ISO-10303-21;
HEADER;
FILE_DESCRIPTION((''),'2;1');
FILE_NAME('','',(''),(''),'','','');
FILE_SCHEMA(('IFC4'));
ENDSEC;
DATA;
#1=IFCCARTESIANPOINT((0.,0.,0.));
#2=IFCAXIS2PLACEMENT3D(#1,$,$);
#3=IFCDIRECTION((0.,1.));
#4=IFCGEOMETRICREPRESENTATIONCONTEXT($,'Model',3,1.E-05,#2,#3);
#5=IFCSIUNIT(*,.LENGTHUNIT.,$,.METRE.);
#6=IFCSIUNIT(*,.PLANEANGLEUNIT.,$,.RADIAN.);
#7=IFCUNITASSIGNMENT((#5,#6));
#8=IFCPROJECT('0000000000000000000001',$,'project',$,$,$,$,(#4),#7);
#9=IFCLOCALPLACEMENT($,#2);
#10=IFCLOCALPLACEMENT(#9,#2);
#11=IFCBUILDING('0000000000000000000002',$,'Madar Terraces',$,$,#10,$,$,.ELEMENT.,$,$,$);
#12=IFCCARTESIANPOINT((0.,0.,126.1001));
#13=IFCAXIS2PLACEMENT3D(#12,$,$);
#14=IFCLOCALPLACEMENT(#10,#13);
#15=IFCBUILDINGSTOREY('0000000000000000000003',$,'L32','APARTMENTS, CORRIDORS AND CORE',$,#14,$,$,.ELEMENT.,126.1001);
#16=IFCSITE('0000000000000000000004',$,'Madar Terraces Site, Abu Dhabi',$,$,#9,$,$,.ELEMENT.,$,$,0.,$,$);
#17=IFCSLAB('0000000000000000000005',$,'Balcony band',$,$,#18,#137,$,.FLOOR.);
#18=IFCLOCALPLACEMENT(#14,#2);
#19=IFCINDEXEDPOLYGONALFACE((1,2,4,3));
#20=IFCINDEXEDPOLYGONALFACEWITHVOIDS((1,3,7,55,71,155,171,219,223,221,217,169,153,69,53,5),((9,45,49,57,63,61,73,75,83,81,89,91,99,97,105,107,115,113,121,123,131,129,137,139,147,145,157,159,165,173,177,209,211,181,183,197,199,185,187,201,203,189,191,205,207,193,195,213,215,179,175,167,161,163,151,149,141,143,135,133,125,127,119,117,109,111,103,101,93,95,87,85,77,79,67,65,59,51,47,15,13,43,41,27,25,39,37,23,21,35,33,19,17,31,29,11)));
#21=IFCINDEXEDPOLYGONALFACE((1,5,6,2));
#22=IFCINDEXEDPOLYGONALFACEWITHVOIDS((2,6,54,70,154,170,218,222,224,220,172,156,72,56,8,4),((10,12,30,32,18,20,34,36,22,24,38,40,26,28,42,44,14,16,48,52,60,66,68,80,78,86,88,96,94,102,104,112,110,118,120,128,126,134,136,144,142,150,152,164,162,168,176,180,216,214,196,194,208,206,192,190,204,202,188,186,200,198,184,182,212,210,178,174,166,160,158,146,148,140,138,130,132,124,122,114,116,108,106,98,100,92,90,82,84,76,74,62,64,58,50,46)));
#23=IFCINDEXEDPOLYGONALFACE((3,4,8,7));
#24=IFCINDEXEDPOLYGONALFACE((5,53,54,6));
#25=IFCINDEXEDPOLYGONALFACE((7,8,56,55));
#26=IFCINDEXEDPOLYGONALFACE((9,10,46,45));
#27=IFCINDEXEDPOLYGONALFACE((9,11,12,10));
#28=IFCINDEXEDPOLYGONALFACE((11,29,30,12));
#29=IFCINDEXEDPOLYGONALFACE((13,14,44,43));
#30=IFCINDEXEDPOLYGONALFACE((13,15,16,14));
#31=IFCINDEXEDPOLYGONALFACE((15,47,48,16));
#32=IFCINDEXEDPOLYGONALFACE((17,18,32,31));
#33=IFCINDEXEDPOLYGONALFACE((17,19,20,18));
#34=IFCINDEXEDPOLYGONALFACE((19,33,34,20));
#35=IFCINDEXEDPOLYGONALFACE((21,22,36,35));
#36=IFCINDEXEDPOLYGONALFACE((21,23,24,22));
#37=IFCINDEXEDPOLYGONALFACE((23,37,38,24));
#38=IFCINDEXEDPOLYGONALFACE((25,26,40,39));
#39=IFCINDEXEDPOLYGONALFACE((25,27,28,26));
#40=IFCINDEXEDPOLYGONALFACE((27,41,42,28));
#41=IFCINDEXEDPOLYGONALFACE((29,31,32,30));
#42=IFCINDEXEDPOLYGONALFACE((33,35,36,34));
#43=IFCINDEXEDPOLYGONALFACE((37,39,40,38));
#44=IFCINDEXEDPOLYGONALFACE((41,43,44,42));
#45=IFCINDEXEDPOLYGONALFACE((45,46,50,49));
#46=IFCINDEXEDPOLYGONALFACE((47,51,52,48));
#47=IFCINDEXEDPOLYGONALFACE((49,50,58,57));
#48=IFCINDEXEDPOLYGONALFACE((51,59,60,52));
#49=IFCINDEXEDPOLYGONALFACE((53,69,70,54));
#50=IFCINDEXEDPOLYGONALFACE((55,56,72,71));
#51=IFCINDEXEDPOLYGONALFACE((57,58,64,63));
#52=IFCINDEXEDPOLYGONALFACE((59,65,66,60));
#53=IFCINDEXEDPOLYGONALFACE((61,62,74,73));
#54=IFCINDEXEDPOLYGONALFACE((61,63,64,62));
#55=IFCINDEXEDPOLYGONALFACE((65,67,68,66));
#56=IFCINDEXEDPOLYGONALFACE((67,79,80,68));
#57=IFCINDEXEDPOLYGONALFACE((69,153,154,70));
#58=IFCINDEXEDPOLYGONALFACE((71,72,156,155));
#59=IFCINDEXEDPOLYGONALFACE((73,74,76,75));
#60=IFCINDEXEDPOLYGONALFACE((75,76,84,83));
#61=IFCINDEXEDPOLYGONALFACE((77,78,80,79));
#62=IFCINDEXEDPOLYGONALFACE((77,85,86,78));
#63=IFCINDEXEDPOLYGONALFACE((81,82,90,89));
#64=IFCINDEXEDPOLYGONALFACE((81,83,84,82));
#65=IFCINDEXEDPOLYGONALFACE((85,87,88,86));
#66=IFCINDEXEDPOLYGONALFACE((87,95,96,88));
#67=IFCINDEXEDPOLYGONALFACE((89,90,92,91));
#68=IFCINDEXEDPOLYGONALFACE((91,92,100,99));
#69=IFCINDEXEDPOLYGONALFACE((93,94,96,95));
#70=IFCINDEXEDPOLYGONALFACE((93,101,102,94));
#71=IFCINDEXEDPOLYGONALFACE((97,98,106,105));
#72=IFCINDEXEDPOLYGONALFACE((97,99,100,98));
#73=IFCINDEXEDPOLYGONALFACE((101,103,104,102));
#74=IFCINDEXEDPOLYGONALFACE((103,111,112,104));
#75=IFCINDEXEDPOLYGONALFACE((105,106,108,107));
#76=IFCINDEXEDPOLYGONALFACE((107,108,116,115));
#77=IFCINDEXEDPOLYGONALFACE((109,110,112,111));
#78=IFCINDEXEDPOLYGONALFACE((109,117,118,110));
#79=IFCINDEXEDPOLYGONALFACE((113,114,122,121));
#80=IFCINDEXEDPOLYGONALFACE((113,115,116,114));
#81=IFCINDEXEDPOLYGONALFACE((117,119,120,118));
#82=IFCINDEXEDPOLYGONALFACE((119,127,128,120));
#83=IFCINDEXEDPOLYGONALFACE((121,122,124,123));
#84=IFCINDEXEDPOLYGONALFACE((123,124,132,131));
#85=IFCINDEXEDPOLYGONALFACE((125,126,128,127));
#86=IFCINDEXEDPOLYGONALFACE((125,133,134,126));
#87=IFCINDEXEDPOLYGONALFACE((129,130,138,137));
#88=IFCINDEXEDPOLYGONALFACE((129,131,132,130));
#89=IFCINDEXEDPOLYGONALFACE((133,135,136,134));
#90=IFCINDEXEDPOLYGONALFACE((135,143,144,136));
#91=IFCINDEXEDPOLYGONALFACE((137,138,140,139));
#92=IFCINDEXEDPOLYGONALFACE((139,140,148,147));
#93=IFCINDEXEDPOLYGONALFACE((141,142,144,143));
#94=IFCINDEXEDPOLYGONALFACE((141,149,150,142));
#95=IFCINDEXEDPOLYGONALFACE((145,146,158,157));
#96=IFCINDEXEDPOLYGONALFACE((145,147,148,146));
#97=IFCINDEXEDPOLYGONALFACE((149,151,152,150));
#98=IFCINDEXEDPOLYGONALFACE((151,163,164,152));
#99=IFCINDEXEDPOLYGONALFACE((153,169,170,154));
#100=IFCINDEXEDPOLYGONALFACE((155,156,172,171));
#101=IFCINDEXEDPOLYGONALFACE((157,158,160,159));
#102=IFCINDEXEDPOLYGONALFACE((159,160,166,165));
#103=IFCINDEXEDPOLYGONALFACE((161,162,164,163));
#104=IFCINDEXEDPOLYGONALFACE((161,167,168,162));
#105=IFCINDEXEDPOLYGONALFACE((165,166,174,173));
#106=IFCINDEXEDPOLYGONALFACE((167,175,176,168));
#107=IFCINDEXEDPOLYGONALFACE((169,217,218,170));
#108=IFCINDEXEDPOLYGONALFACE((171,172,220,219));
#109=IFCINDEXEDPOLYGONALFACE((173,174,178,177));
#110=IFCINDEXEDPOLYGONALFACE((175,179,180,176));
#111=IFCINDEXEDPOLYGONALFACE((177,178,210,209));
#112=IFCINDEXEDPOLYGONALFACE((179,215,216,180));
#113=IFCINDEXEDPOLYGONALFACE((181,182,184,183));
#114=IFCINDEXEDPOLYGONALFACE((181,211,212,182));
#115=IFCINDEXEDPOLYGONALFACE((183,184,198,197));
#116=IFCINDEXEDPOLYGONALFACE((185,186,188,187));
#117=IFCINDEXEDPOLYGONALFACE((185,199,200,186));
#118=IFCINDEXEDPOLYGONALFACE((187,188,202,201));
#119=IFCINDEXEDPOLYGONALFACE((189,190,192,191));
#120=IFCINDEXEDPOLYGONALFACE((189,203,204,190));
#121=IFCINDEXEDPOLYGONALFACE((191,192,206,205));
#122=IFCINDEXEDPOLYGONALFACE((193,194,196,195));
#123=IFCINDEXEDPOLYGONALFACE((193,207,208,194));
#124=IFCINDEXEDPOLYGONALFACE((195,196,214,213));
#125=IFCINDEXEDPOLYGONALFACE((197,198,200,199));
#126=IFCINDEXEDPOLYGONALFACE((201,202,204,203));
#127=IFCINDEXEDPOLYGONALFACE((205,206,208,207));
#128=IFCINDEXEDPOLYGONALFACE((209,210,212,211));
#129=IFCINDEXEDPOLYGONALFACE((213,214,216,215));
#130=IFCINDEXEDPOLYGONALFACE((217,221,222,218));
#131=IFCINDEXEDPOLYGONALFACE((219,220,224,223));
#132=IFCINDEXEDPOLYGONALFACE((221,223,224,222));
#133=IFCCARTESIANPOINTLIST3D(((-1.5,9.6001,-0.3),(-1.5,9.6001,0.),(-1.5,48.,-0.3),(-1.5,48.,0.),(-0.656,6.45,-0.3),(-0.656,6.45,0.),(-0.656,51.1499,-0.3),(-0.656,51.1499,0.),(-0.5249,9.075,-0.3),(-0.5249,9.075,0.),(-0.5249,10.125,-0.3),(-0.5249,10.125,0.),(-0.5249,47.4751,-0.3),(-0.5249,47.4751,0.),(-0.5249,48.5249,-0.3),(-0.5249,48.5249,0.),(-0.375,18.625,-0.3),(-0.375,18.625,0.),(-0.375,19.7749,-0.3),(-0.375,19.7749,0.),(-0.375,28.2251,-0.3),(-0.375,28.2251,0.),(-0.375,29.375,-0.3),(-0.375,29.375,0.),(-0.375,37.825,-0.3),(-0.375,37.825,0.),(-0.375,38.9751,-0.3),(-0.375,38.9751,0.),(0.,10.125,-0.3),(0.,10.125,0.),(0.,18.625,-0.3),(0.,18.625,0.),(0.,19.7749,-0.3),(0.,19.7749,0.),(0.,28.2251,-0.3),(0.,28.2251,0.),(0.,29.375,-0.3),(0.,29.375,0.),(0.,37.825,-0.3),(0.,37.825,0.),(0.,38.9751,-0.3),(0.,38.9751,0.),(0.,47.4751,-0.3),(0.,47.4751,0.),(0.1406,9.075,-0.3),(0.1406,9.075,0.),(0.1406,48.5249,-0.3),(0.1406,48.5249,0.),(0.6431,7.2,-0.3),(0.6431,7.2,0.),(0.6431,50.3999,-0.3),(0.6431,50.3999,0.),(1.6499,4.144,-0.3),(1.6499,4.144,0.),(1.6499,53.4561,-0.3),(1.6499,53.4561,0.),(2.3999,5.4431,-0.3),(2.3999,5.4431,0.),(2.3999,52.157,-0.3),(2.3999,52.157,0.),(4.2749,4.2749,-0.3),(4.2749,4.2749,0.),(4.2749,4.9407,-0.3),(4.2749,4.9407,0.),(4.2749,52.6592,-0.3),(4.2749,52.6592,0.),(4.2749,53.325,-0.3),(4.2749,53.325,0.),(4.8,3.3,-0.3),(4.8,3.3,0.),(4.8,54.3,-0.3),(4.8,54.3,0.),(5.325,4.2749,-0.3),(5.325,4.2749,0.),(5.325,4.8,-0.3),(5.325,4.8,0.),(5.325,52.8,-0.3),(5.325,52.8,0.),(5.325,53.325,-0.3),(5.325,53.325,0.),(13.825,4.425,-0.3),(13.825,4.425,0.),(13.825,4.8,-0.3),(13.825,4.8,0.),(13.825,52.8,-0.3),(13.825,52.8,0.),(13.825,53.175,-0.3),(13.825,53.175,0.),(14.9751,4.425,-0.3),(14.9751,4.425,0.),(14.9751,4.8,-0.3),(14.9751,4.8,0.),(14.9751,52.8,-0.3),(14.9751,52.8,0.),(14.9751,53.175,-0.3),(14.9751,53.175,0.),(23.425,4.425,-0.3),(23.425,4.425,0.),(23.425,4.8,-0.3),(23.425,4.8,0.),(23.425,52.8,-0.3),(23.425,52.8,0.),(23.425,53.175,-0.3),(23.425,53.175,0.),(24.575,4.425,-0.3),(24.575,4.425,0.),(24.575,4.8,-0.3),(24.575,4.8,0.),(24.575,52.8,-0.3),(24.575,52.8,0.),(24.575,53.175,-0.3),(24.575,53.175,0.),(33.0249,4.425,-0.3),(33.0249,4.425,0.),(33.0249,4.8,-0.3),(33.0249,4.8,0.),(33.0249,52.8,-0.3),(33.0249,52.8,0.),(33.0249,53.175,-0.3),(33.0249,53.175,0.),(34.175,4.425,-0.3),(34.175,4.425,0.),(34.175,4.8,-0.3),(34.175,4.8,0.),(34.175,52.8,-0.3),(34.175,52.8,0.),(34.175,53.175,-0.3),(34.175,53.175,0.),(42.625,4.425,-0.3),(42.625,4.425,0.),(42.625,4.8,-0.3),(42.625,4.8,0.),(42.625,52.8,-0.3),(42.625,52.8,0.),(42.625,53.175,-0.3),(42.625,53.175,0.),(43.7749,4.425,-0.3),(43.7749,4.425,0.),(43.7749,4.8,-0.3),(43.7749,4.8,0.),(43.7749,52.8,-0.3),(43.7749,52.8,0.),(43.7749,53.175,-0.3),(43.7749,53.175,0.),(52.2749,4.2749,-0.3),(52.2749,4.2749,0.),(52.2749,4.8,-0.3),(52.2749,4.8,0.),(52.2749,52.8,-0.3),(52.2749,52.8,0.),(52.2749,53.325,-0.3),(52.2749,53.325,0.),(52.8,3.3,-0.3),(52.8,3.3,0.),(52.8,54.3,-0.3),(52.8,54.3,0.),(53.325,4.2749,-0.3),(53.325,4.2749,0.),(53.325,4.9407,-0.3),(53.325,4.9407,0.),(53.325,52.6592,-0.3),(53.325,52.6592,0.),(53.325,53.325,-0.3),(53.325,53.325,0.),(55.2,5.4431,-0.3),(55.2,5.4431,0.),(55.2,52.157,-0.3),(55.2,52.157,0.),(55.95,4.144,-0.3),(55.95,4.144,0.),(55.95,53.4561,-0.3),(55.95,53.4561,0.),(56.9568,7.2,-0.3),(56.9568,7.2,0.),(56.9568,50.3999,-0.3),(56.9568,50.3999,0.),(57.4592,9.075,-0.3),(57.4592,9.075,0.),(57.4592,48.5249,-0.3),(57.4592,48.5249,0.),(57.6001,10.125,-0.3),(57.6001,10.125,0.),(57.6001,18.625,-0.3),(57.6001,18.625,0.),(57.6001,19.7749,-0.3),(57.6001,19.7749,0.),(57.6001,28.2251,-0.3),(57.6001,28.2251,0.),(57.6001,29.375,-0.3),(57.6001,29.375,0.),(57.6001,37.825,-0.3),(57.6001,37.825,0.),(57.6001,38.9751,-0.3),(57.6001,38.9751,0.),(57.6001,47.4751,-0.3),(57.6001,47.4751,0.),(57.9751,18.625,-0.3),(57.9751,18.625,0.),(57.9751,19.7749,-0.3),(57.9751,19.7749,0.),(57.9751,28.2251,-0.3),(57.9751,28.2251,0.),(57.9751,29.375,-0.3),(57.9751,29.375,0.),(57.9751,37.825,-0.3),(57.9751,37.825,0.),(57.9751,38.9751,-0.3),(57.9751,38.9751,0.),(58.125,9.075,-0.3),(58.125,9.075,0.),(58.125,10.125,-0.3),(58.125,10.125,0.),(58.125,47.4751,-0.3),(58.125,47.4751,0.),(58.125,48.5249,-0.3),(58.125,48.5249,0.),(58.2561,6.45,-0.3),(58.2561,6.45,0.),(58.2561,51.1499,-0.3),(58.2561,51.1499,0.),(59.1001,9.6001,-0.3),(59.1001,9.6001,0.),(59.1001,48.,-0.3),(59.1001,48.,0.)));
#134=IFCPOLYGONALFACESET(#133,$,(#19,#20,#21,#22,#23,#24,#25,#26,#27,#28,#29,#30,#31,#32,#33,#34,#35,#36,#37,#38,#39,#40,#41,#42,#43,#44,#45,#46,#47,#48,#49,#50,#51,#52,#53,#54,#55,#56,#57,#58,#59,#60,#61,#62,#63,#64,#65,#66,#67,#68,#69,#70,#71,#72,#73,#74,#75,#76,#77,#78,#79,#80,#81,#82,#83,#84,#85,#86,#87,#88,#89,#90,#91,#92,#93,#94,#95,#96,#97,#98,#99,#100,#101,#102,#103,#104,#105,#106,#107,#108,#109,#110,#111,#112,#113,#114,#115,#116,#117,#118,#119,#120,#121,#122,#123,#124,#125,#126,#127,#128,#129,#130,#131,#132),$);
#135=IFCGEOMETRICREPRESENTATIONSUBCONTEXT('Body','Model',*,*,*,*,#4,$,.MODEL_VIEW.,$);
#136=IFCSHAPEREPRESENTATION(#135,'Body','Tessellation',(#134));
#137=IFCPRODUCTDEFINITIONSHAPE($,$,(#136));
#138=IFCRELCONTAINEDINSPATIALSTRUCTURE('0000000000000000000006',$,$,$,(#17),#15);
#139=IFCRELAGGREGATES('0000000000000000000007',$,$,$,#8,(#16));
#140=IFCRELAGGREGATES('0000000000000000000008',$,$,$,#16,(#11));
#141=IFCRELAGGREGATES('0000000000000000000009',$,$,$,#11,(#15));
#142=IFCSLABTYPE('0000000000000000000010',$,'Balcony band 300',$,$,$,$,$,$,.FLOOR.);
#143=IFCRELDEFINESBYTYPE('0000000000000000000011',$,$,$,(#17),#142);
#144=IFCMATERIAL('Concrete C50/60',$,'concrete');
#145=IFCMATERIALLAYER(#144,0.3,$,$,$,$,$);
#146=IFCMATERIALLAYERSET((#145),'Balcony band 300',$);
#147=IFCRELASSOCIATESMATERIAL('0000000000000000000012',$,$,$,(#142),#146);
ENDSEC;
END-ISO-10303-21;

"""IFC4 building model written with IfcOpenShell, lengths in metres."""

from ifc_helpers import new_model, si_unit, direction, frame, origin, place, context, subcontext, project, spatial, polyline, outline, extrude, material, layer, layer_set, type_object, element, save


model = new_model("IFC4")

# Units and contexts
model_context = context("Model", 3, precision=1e-05, world=origin(), true_north=direction((0.0, 1.0)))
body_context = subcontext(model_context, "Body", "Model", "MODEL_VIEW")
ifc_project = project(units=[si_unit("LENGTHUNIT", "METRE"), si_unit("PLANEANGLEUNIT", "RADIAN")], contexts=[model_context])

# Site, building, storey
site_placement = place(None, origin())
site = spatial("IfcSite", under=ifc_project, at=site_placement, Name="Madar Terraces Site, Abu Dhabi", CompositionType="ELEMENT", RefElevation=0.0)
building_placement = place(site_placement, origin())
building = spatial("IfcBuilding", under=site, at=building_placement, Name="Madar Terraces", CompositionType="ELEMENT")
storey_placement = place(building_placement, frame((0.0, 0.0, 126.1001)))
storey = spatial("IfcBuildingStorey", under=building, at=storey_placement, Name="L32", Description="APARTMENTS, CORRIDORS AND CORE", CompositionType="ELEMENT", Elevation=126.1001)

# Slab
ifc_material_1 = material(Name="Concrete C50/60", Category="concrete")
ifc_layer_1 = layer(ifc_material_1, 0.3)
ifc_layer_set_1 = layer_set([ifc_layer_1], Name="Balcony band 300")
slab_type_1 = type_object("IfcSlabType", Name="Balcony band 300", PredefinedType="FLOOR", material=ifc_layer_set_1)
slab_1_placement = place(storey_placement, frame((0.0, 0.0, -0.3)))
element("IfcSlab", 1, at=slab_1_placement, inside=storey, type_object=slab_type_1, Name="Balcony band", PredefinedType="FLOOR", context=body_context, shape_type="SweptSolid", body=[
    extrude(outline(polyline([(4.8, 3.3), (1.6499, 4.144), (-0.656, 6.45), (-1.5, 9.6001), (-1.5, 48.0), (-0.656, 51.1499), (1.6499, 53.4561), (4.8, 54.3), (52.8, 54.3), (55.95, 53.4561), (58.2561, 51.1499), (59.1001, 48.0), (59.1001, 9.6001), (58.2561, 6.45), (55.95, 4.144), (52.8, 3.3), (4.8, 3.3)]), holes=[polyline([(5.325, 4.2749), (5.325, 4.8), (13.825, 4.8), (13.825, 4.425), (14.9751, 4.425), (14.9751, 4.8), (23.425, 4.8), (23.425, 4.425), (24.575, 4.425), (24.575, 4.8), (33.0249, 4.8), (33.0249, 4.425), (34.175, 4.425), (34.175, 4.8), (42.625, 4.8), (42.625, 4.425), (43.7749, 4.425), (43.7749, 4.8), (52.2749, 4.8), (52.2749, 4.2749), (53.325, 4.2749), (53.325, 4.9407), (55.2, 5.4431), (56.9568, 7.2), (57.4592, 9.075), (58.125, 9.075), (58.125, 10.125), (57.6001, 10.125), (57.6001, 18.625), (57.9751, 18.625), (57.9751, 19.7749), (57.6001, 19.7749), (57.6001, 28.2251), (57.9751, 28.2251), (57.9751, 29.375), (57.6001, 29.375), (57.6001, 37.825), (57.9751, 37.825), (57.9751, 38.9751), (57.6001, 38.9751), (57.6001, 47.4751), (58.125, 47.4751), (58.125, 48.5249), (57.4592, 48.5249), (56.9568, 50.3999), (55.2, 52.157), (53.325, 52.6592), (53.325, 53.325), (52.2749, 53.325), (52.2749, 52.8), (43.7749, 52.8), (43.7749, 53.175), (42.625, 53.175), (42.625, 52.8), (34.175, 52.8), (34.175, 53.175), (33.0249, 53.175), (33.0249, 52.8), (24.575, 52.8), (24.575, 53.175), (23.425, 53.175), (23.425, 52.8), (14.9751, 52.8), (14.9751, 53.175), (13.825, 53.175), (13.825, 52.8), (5.325, 52.8), (5.325, 53.325), (4.2749, 53.325), (4.2749, 52.6592), (2.3999, 52.157), (0.6431, 50.3999), (0.1406, 48.5249), (-0.5249, 48.5249), (-0.5249, 47.4751), (0.0, 47.4751), (0.0, 38.9751), (-0.375, 38.9751), (-0.375, 37.825), (0.0, 37.825), (0.0, 29.375), (-0.375, 29.375), (-0.375, 28.2251), (0.0, 28.2251), (0.0, 19.7749), (-0.375, 19.7749), (-0.375, 18.625), (0.0, 18.625), (0.0, 10.125), (-0.5249, 10.125), (-0.5249, 9.075), (0.1406, 9.075), (0.6431, 7.2), (2.3999, 5.4431), (4.2749, 4.9407), (4.2749, 4.2749), (5.325, 4.2749)])]), origin(), (0.0, 0.0, 1.0), 0.3),
])

save(model, "model.ifc")
